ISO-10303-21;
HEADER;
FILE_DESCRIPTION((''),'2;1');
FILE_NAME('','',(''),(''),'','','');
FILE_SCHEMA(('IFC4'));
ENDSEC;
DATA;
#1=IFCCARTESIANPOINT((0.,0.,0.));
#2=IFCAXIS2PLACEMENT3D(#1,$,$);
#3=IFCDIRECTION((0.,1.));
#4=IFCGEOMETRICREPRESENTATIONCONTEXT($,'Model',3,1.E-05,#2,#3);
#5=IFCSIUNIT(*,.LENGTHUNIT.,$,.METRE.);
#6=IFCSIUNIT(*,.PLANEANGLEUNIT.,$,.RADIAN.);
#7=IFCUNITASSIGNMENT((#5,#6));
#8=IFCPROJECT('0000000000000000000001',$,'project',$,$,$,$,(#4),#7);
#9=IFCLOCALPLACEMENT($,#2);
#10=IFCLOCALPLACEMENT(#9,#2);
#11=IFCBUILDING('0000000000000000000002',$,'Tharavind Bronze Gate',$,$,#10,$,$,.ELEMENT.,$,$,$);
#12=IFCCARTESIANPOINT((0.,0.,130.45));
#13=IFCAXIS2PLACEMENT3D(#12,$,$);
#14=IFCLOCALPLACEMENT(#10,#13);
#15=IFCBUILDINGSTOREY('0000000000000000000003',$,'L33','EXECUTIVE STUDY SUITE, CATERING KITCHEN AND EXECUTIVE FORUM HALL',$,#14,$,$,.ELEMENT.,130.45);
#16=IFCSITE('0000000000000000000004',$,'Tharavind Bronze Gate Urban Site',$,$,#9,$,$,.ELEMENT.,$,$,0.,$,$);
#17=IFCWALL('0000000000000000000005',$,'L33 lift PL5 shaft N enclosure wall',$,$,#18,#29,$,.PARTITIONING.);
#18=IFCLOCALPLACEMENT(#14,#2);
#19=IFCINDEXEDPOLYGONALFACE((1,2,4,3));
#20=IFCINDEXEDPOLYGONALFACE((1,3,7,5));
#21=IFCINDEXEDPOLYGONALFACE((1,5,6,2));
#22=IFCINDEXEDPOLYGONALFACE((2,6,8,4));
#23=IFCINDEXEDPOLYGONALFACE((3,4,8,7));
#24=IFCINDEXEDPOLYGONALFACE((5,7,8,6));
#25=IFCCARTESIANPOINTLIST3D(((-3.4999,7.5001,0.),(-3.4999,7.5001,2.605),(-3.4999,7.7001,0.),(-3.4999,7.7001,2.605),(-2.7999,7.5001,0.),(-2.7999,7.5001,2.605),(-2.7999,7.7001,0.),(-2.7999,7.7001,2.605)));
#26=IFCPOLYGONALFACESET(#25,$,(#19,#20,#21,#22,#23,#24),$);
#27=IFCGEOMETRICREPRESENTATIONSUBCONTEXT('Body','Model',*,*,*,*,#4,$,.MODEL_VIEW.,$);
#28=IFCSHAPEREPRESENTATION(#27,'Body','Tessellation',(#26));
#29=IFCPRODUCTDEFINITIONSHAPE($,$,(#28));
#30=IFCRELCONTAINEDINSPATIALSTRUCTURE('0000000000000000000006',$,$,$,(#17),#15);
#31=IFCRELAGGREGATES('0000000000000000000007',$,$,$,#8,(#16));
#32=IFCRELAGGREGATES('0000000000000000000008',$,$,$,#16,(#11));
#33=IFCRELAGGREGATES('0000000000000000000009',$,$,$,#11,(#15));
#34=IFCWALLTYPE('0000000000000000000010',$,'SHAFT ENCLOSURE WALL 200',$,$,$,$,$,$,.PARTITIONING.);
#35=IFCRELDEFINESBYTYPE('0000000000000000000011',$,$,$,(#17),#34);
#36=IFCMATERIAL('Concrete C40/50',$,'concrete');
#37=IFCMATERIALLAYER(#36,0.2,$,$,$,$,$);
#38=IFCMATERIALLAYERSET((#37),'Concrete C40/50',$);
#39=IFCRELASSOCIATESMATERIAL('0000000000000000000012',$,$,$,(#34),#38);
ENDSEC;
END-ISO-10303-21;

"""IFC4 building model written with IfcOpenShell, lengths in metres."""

from ifc_helpers import new_model, si_unit, direction, frame, frame_2d, origin, place, context, subcontext, project, spatial, rectangle, extrude, material, layer, layer_set, type_object, element, save


model = new_model("IFC4")

# Units and contexts
model_context = context("Model", 3, precision=1e-05, world=origin(), true_north=direction((0.0, 1.0)))
body_context = subcontext(model_context, "Body", "Model", "MODEL_VIEW")
ifc_project = project(units=[si_unit("LENGTHUNIT", "METRE"), si_unit("PLANEANGLEUNIT", "RADIAN")], contexts=[model_context])

# Site, building, storey
site_placement = place(None, origin())
site = spatial("IfcSite", under=ifc_project, at=site_placement, Name="Tharavind Bronze Gate Urban Site", CompositionType="ELEMENT", RefElevation=0.0)
building_placement = place(site_placement, origin())
building = spatial("IfcBuilding", under=site, at=building_placement, Name="Tharavind Bronze Gate", CompositionType="ELEMENT")
storey_placement = place(building_placement, frame((0.0, 0.0, 130.45)))
storey = spatial("IfcBuildingStorey", under=building, at=storey_placement, Name="L33", Description="EXECUTIVE STUDY SUITE, CATERING KITCHEN AND EXECUTIVE FORUM HALL", CompositionType="ELEMENT", Elevation=130.45)

# Shared definitions
ifc_material_1 = material(Name="Concrete C40/50", Category="concrete")

# Wall
ifc_layer_1 = layer(ifc_material_1, 0.2)
ifc_layer_set_1 = layer_set([ifc_layer_1], Name="Concrete C40/50")
wall_type_1 = type_object("IfcWallType", Name="SHAFT ENCLOSURE WALL 200", PredefinedType="PARTITIONING", material=ifc_layer_set_1)
wall_1_placement = place(storey_placement, frame((-3.5, 7.6001, 0.0), z_axis=(0.0, 0.0, 1.0), x_axis=(1.0, 0.0, 0.0)))
element("IfcWall", 1, at=wall_1_placement, inside=storey, type_object=wall_type_1, Name="L33 lift PL5 shaft N enclosure wall", PredefinedType="PARTITIONING", context=body_context, shape_type="SweptSolid", body=[
    extrude(rectangle(XDim=0.7, YDim=0.2, at=frame_2d((0.3501, 0.0))), origin(), (0.0, 0.0, 1.0), 2.605),
])

save(model, "model.ifc")
